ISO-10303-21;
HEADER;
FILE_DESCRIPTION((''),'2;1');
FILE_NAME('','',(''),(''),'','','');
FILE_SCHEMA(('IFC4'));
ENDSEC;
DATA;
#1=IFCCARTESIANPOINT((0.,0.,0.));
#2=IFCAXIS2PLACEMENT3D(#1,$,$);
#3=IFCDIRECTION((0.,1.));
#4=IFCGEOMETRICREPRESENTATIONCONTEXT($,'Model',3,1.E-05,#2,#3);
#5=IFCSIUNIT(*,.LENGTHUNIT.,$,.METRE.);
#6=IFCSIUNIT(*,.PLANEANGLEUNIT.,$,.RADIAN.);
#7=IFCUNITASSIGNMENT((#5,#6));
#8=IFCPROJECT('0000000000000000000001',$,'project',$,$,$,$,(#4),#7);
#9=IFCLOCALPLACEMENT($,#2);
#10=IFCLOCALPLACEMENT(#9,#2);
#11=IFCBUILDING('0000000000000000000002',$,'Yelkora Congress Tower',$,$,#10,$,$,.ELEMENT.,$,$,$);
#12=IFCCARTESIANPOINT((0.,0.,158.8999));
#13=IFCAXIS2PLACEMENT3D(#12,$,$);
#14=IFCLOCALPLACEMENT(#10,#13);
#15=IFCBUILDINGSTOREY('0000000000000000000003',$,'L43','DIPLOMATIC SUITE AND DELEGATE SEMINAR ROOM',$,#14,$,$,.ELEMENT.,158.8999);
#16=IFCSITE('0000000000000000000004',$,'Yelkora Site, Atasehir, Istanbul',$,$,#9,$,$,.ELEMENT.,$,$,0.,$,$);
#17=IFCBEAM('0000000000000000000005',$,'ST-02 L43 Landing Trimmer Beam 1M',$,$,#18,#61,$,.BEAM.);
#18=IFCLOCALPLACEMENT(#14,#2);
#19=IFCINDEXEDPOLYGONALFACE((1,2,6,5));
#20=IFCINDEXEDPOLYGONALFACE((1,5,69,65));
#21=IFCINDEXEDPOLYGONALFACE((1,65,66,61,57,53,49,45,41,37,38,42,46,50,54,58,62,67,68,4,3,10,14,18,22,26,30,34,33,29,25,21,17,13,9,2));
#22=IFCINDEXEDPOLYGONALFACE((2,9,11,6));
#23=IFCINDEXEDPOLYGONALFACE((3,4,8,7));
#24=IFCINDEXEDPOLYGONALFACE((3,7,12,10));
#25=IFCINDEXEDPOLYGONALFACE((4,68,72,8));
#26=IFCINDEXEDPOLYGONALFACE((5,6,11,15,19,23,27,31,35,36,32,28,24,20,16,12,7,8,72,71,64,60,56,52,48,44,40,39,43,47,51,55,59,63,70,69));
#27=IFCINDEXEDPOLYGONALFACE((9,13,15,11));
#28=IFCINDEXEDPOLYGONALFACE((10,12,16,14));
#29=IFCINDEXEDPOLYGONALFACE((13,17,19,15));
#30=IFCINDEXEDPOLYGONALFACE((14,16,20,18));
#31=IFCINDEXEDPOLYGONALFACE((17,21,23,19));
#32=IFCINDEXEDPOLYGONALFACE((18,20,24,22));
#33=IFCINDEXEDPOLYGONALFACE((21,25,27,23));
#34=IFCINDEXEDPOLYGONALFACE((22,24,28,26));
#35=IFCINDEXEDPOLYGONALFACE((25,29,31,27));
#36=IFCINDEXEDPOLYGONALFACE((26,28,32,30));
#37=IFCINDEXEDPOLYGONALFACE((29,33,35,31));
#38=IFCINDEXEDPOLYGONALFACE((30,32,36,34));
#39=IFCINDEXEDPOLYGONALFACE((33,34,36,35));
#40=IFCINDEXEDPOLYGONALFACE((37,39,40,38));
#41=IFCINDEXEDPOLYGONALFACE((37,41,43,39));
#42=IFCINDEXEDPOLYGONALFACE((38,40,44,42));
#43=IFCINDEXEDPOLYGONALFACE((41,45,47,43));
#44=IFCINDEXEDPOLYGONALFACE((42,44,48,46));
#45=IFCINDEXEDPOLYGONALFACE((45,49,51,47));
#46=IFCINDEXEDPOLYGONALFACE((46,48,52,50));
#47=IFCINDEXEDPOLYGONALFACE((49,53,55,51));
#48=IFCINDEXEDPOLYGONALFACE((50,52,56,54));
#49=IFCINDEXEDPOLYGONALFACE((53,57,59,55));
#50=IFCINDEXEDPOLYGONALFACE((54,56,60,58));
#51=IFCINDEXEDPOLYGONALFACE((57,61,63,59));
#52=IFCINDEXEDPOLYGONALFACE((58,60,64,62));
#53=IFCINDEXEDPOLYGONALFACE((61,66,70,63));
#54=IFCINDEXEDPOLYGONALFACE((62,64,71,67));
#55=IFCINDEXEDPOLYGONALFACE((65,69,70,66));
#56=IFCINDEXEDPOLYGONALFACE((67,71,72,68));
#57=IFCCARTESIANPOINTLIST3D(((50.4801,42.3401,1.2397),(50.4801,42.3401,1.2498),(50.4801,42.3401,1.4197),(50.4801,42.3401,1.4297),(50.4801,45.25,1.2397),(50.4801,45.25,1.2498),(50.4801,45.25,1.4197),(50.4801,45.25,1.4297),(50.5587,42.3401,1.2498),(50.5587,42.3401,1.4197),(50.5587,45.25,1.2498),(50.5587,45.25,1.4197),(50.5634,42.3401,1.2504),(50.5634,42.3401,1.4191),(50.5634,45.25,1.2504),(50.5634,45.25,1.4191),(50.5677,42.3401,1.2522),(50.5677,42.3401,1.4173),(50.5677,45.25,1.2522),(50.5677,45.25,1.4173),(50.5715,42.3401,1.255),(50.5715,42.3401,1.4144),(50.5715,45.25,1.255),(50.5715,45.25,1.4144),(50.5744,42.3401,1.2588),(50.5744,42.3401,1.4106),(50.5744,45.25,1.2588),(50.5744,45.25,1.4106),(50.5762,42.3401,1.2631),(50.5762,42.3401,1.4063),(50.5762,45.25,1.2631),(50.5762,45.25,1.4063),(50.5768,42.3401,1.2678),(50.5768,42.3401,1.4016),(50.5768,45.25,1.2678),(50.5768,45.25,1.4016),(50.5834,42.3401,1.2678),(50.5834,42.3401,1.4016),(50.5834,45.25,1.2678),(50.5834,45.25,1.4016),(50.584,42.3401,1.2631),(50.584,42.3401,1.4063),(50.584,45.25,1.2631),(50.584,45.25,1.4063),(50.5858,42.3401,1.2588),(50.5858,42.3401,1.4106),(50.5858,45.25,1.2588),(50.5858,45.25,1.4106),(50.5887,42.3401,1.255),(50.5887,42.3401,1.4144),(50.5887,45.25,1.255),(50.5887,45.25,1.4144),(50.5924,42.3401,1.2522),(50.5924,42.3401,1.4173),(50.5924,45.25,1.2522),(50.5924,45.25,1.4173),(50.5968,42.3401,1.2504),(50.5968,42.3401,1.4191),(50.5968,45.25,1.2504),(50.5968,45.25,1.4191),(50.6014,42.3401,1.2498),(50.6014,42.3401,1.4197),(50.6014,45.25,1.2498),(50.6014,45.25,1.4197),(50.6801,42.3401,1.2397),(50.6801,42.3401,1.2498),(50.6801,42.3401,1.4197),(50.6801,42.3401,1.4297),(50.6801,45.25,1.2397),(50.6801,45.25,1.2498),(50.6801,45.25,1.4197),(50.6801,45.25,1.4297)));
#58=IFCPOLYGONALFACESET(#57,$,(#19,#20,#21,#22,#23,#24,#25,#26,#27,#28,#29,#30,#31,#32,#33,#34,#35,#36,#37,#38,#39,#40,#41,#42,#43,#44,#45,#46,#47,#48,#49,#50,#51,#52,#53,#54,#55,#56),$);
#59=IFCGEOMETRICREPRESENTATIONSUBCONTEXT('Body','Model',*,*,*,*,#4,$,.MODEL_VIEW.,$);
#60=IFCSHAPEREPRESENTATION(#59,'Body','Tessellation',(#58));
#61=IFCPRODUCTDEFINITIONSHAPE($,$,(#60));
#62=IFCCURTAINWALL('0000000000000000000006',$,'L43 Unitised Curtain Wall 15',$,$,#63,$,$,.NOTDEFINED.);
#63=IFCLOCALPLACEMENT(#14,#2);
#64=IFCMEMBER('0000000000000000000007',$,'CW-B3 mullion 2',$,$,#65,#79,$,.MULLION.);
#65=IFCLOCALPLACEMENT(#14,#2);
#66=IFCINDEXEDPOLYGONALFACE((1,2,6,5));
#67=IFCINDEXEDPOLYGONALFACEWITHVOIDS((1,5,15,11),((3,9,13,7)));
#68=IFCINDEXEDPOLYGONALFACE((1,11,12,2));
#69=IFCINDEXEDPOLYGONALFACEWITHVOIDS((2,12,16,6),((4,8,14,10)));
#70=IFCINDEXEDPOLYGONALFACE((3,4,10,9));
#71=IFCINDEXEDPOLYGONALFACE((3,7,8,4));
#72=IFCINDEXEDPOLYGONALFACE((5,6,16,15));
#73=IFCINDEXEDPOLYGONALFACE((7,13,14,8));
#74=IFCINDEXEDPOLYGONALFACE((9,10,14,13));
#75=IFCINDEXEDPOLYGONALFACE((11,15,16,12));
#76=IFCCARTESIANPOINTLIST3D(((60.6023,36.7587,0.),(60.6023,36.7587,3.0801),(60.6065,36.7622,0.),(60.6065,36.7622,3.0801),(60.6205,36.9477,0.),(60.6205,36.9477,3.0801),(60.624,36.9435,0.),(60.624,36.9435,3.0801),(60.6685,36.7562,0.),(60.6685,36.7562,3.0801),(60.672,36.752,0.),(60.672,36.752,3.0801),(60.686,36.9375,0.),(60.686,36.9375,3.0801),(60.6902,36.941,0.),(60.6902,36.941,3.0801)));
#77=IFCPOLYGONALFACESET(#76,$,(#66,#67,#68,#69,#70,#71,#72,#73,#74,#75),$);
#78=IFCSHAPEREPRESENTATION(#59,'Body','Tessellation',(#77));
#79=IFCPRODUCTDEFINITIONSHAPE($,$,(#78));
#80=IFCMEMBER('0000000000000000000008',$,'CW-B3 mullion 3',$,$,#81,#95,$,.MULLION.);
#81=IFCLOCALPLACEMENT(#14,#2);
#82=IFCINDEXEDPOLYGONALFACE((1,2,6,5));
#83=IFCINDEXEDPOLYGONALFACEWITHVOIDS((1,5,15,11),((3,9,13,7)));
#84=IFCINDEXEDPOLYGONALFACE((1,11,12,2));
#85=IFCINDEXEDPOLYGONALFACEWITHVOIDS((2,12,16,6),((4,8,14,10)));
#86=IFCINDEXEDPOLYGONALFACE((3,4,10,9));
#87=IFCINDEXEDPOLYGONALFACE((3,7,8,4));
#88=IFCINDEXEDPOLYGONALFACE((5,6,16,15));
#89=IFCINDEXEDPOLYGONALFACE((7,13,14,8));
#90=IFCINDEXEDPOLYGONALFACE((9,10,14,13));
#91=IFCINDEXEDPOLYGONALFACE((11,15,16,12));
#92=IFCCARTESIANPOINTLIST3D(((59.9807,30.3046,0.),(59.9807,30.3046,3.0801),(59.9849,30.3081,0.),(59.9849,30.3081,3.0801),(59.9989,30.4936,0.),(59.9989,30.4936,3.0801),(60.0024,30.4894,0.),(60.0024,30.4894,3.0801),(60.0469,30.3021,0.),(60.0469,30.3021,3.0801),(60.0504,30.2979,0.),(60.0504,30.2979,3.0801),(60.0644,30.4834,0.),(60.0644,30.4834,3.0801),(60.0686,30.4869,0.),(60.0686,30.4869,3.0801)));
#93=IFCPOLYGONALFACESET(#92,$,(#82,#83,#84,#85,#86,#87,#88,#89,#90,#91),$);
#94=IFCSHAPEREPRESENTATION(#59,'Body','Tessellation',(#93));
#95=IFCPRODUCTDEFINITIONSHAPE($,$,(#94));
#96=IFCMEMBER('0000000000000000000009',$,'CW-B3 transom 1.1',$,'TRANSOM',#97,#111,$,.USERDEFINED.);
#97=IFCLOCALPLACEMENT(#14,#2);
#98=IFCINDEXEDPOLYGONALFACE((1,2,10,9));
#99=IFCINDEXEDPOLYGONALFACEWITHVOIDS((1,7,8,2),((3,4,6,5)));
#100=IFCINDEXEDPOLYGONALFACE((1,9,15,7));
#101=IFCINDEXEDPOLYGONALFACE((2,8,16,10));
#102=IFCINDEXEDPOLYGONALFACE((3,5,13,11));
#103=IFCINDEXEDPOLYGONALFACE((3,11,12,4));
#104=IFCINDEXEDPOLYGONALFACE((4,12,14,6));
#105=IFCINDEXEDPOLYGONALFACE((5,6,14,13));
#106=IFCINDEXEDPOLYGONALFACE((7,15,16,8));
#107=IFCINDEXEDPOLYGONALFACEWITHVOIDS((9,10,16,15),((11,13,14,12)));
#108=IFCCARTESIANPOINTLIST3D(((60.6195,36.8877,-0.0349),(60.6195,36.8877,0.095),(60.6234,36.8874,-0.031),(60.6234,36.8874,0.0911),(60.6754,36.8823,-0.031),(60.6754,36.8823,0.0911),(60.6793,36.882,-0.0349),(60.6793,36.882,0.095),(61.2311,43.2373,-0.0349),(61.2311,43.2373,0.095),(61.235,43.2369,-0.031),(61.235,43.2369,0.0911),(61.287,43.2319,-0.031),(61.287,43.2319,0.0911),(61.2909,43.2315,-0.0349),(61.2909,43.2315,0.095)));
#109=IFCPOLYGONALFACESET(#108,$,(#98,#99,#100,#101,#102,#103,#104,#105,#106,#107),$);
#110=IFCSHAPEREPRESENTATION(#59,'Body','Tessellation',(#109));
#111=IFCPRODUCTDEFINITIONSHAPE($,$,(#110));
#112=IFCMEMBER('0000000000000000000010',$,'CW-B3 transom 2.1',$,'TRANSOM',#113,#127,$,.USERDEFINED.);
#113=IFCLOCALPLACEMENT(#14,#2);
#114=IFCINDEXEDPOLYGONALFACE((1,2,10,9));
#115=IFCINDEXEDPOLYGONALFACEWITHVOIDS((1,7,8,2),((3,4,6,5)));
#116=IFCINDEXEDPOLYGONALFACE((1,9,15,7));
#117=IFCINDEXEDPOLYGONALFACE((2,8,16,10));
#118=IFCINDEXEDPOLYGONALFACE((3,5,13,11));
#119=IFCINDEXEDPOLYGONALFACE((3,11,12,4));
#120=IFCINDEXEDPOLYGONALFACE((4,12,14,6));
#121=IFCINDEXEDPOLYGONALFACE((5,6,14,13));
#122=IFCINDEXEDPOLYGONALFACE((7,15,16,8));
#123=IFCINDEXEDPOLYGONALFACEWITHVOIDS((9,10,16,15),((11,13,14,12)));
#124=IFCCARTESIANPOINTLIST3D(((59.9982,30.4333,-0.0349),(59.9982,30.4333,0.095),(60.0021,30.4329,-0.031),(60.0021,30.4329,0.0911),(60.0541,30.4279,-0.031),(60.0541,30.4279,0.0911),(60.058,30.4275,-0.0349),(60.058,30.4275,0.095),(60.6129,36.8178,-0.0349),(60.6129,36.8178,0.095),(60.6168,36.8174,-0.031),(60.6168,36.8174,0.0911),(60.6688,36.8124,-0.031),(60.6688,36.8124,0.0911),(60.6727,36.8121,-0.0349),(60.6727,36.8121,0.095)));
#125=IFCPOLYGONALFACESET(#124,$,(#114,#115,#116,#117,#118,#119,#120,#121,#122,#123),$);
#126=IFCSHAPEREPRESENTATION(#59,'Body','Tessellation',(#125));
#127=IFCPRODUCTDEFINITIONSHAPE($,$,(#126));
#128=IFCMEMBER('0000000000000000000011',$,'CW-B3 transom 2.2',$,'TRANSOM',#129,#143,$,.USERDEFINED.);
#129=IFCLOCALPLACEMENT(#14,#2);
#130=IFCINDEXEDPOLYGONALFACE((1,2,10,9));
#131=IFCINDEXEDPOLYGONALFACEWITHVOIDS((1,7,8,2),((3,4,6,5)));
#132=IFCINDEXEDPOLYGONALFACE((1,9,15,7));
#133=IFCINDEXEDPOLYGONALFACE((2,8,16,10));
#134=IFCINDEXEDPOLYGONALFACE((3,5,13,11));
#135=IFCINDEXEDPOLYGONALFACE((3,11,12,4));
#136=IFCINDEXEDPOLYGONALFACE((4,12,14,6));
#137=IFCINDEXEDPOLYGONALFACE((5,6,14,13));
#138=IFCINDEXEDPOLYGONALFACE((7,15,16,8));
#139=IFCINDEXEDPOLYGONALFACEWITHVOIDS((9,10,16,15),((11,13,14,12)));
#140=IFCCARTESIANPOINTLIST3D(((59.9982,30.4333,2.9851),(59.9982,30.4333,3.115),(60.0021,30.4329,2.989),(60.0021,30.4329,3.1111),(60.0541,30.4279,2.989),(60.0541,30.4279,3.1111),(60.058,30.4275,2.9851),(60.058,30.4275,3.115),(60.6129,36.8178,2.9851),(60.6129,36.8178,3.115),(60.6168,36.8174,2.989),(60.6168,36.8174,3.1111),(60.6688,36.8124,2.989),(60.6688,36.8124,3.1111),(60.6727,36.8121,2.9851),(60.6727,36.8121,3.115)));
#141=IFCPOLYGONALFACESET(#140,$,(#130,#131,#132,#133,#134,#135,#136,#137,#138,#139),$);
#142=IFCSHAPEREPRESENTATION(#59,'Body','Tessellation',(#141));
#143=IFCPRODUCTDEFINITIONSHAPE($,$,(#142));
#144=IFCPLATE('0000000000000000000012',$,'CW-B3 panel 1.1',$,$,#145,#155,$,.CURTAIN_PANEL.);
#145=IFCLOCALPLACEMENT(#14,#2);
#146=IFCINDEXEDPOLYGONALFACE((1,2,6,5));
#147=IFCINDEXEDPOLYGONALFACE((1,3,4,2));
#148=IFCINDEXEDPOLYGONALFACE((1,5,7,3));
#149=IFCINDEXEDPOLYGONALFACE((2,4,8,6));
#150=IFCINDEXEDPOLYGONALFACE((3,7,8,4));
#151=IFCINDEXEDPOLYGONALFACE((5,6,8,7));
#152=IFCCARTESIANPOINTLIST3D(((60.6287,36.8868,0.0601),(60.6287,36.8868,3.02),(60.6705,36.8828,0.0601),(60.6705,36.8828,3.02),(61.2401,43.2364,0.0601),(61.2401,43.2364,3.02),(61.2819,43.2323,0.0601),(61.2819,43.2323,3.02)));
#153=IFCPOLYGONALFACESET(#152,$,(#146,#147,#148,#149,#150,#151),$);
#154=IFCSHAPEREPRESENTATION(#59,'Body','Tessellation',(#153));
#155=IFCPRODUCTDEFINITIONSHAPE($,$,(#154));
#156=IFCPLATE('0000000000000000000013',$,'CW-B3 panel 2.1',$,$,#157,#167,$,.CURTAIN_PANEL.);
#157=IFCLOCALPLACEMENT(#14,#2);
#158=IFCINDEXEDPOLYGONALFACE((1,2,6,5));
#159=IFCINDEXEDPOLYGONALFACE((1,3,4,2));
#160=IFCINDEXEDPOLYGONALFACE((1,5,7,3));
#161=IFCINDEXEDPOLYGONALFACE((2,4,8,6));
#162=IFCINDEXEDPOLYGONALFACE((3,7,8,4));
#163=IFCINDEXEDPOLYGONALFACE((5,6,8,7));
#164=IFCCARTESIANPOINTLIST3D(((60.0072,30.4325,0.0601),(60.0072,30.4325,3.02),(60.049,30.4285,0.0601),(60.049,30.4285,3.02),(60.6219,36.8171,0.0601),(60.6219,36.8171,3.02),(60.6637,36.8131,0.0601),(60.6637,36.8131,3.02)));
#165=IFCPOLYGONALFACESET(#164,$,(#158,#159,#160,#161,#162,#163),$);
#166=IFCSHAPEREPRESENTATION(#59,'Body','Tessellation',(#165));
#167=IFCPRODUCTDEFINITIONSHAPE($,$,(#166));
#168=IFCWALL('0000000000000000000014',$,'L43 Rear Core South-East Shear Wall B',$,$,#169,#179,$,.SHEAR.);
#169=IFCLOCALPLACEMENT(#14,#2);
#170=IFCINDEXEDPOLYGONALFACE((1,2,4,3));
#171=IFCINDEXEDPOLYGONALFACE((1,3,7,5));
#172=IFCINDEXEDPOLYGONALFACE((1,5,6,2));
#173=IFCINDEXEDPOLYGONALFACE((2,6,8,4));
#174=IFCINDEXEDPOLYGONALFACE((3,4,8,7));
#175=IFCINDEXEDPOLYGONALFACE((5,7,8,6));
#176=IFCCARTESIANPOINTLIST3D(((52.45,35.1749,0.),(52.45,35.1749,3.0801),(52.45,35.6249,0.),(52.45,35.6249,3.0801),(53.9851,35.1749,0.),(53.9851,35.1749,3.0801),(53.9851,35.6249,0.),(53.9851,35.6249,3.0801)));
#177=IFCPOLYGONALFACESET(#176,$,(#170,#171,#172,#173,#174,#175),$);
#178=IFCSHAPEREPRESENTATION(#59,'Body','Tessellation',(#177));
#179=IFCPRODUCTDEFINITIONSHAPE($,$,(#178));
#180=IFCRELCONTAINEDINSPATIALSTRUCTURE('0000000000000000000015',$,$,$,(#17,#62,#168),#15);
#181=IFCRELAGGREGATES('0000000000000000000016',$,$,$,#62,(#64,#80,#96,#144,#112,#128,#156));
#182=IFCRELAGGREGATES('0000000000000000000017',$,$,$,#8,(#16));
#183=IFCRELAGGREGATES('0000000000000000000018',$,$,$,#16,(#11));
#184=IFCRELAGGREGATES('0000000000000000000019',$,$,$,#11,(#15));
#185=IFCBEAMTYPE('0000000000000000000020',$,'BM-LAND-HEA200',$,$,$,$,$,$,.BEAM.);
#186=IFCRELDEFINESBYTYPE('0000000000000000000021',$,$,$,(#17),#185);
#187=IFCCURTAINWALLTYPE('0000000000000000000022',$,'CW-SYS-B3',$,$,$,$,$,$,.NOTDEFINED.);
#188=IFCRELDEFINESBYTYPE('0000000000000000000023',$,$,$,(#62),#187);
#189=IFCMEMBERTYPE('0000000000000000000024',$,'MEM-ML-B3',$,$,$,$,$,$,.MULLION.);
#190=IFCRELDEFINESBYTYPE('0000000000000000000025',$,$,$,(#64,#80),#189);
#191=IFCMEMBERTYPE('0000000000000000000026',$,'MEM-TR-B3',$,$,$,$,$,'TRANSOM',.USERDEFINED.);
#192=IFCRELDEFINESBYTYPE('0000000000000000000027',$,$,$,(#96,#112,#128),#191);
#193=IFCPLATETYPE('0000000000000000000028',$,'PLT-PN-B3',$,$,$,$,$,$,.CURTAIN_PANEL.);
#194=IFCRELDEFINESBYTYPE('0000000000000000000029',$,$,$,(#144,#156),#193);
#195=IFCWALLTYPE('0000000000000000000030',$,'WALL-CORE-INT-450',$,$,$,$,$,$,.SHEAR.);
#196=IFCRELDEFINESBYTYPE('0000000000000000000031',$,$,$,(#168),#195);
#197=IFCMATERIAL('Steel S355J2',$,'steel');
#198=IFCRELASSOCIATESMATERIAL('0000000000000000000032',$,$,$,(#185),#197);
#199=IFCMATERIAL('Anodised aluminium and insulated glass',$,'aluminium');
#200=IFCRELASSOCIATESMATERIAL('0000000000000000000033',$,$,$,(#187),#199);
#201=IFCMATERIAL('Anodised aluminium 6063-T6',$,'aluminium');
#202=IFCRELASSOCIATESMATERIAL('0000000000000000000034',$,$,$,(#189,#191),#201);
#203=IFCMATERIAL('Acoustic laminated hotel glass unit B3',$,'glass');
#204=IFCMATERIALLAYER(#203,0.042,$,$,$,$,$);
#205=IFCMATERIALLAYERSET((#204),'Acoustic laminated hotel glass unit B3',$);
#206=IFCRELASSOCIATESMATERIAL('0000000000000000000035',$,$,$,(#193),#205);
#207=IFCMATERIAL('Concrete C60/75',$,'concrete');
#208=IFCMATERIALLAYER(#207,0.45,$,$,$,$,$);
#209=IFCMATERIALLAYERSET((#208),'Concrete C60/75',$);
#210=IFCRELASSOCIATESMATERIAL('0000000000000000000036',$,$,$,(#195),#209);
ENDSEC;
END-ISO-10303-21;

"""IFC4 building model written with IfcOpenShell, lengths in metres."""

from ifc_helpers import new_model, si_unit, direction, frame, frame_2d, origin, origin_2d, place, context, subcontext, project, spatial, rectangle, hollow_rectangle, i_section, extrude, material, layer, layer_set, material_profile, profile_set, type_object, element, aggregate, save


model = new_model("IFC4")

# Units and contexts
model_context = context("Model", 3, precision=1e-05, world=origin(), true_north=direction((0.0, 1.0)))
body_context = subcontext(model_context, "Body", "Model", "MODEL_VIEW")
ifc_project = project(units=[si_unit("LENGTHUNIT", "METRE"), si_unit("PLANEANGLEUNIT", "RADIAN")], contexts=[model_context])

# Site, building, storey
site_placement = place(None, origin())
site = spatial("IfcSite", under=ifc_project, at=site_placement, Name="Yelkora Site, Atasehir, Istanbul", CompositionType="ELEMENT", RefElevation=0.0)
building_placement = place(site_placement, origin())
building = spatial("IfcBuilding", under=site, at=building_placement, Name="Yelkora Congress Tower", CompositionType="ELEMENT")
storey_placement = place(building_placement, frame((0.0, 0.0, 158.8999)))
storey = spatial("IfcBuildingStorey", under=building, at=storey_placement, Name="L43", Description="DIPLOMATIC SUITE AND DELEGATE SEMINAR ROOM", CompositionType="ELEMENT", Elevation=158.8999)

# Beam
ifc_material_1 = material(Name="Steel S355J2", Category="steel")
ifc_material_profile_1 = material_profile(ifc_material_1, i_section(OverallWidth=0.2, OverallDepth=0.1899, WebThickness=0.0066, FlangeThickness=0.01, FilletRadius=0.0181, at=origin_2d()), Name="HEA 200")
ifc_profile_set_1 = profile_set([ifc_material_profile_1], Name="Steel S355J2")
beam_type_1 = type_object("IfcBeamType", Name="BM-LAND-HEA200", PredefinedType="BEAM", material=ifc_profile_set_1)
beam_1_placement = place(storey_placement, frame((50.5801, 42.3401, 1.3347), z_axis=(0.0, 1.0, 0.0), x_axis=(-1.0, 0.0, 0.0)))
element("IfcBeam", 1, at=beam_1_placement, inside=storey, type_object=beam_type_1, Name="ST-02 L43 Landing Trimmer Beam 1M", PredefinedType="BEAM", context=body_context, shape_type="SweptSolid", body=[
    extrude(i_section(OverallWidth=0.2, OverallDepth=0.1899, WebThickness=0.0066, FlangeThickness=0.01, FilletRadius=0.0181, at=origin_2d()), origin(), (0.0, 0.0, 1.0), 2.9099),
])

# Curtain wall, members, plates
ifc_material_2 = material(Name="Anodised aluminium and insulated glass", Category="aluminium")
curtain_wall_type = type_object("IfcCurtainWallType", Name="CW-SYS-B3", PredefinedType="NOTDEFINED", material=ifc_material_2)
curtain_wall_placement = place(storey_placement, origin())
curtain_wall = element("IfcCurtainWall", 2, at=curtain_wall_placement, inside=storey, type_object=curtain_wall_type, Name="L43 Unitised Curtain Wall 15", PredefinedType="NOTDEFINED")
ifc_material_3 = material(Name="Anodised aluminium 6063-T6", Category="aluminium")
ifc_material_profile_2 = material_profile(ifc_material_3, hollow_rectangle(XDim=0.0701, YDim=0.1899, WallThickness=0.0039, at=origin_2d()), Name="ALU 70x190x4")
ifc_profile_set_2 = profile_set([ifc_material_profile_2], Name="Anodised aluminium 6063-T6")
member_type_1 = type_object("IfcMemberType", Name="MEM-ML-B3", PredefinedType="MULLION", material=ifc_profile_set_2)
member_1_placement = place(storey_placement, frame((60.6462, 36.8499, 0.0), z_axis=(0.0, 0.0, 1.0), x_axis=(0.995397, -0.095842, 0.0)))
member_1 = element("IfcMember", 3, at=member_1_placement, type_object=member_type_1, Name="CW-B3 mullion 2", PredefinedType="MULLION", context=body_context, shape_type="SweptSolid", body=[
    extrude(hollow_rectangle(XDim=0.0701, YDim=0.1899, WallThickness=0.0039, at=origin_2d()), origin(), (0.0, 0.0, 1.0), 3.0801),
])
member_2_placement = place(storey_placement, frame((60.0247, 30.3958, 0.0), z_axis=(0.0, 0.0, 1.0), x_axis=(0.995397, -0.095842, 0.0)))
member_2 = element("IfcMember", 4, at=member_2_placement, type_object=member_type_1, Name="CW-B3 mullion 3", PredefinedType="MULLION", context=body_context, shape_type="SweptSolid", body=[
    extrude(hollow_rectangle(XDim=0.0701, YDim=0.1899, WallThickness=0.0039, at=origin_2d()), origin(), (0.0, 0.0, 1.0), 3.0801),
])
ifc_material_profile_3 = material_profile(ifc_material_3, hollow_rectangle(XDim=0.0601, YDim=0.1299, WallThickness=0.0039, at=origin_2d()), Name="ALU 60x130x4")
ifc_profile_set_3 = profile_set([ifc_material_profile_3], Name="Anodised aluminium 6063-T6")
member_type_2 = type_object("IfcMemberType", Name="MEM-TR-B3", ElementType="TRANSOM", PredefinedType="USERDEFINED", material=ifc_profile_set_3)
member_3_placement = place(storey_placement, frame((61.261, 43.2344, 0.03), z_axis=(-0.095873, -0.995394, 0.0), x_axis=(0.995394, -0.095873, 0.0)))
member_3 = element("IfcMember", 5, at=member_3_placement, type_object=member_type_2, Name="CW-B3 transom 1.1", ObjectType="TRANSOM", PredefinedType="USERDEFINED", context=body_context, shape_type="SweptSolid", body=[
    extrude(hollow_rectangle(XDim=0.0601, YDim=0.1299, WallThickness=0.0039, at=origin_2d()), origin(), (0.0, 0.0, 1.0), 6.3789),
])
member_4_placement = place(storey_placement, frame((60.6428, 36.8149, 0.03), z_axis=(-0.095844, -0.995396, 0.0), x_axis=(0.995396, -0.095844, 0.0)))
member_4 = element("IfcMember", 6, at=member_4_placement, type_object=member_type_2, Name="CW-B3 transom 2.1", ObjectType="TRANSOM", PredefinedType="USERDEFINED", context=body_context, shape_type="SweptSolid", body=[
    extrude(hollow_rectangle(XDim=0.0601, YDim=0.1299, WallThickness=0.0039, at=origin_2d()), origin(), (0.0, 0.0, 1.0), 6.4141),
])
member_5_placement = place(storey_placement, frame((60.6428, 36.8149, 3.05), z_axis=(-0.095844, -0.995396, 0.0), x_axis=(0.995396, -0.095844, 0.0)))
member_5 = element("IfcMember", 7, at=member_5_placement, type_object=member_type_2, Name="CW-B3 transom 2.2", ObjectType="TRANSOM", PredefinedType="USERDEFINED", context=body_context, shape_type="SweptSolid", body=[
    extrude(hollow_rectangle(XDim=0.0601, YDim=0.1299, WallThickness=0.0039, at=origin_2d()), origin(), (0.0, 0.0, 1.0), 6.4141),
])
ifc_material_4 = material(Name="Acoustic laminated hotel glass unit B3", Category="glass")
ifc_layer_1 = layer(ifc_material_4, 0.042)
ifc_layer_set_1 = layer_set([ifc_layer_1], Name="Acoustic laminated hotel glass unit B3")
plate_type = type_object("IfcPlateType", Name="PLT-PN-B3", PredefinedType="CURTAIN_PANEL", material=ifc_layer_set_1)
plate_1_placement = place(storey_placement, frame((60.9553, 40.0596, 0.0601), z_axis=(0.0, 0.0, 1.0), x_axis=(-0.095842, -0.995397, 0.0)))
plate_1 = element("IfcPlate", 8, at=plate_1_placement, type_object=plate_type, Name="CW-B3 panel 1.1", PredefinedType="CURTAIN_PANEL", context=body_context, shape_type="SweptSolid", body=[
    extrude(rectangle(XDim=6.3789, YDim=0.042, at=origin_2d()), origin(), (0.0, 0.0, 1.0), 2.96),
])
plate_2_placement = place(storey_placement, frame((60.3354, 33.6228, 0.0601), z_axis=(0.0, 0.0, 1.0), x_axis=(-0.095842, -0.995397, 0.0)))
plate_2 = element("IfcPlate", 9, at=plate_2_placement, type_object=plate_type, Name="CW-B3 panel 2.1", PredefinedType="CURTAIN_PANEL", context=body_context, shape_type="SweptSolid", body=[
    extrude(rectangle(XDim=6.4141, YDim=0.042, at=origin_2d()), origin(), (0.0, 0.0, 1.0), 2.96),
])
aggregate(curtain_wall, [member_1, member_2, member_3, plate_1, member_4, member_5, plate_2])

# Wall
ifc_material_5 = material(Name="Concrete C60/75", Category="concrete")
ifc_layer_2 = layer(ifc_material_5, 0.45)
ifc_layer_set_2 = layer_set([ifc_layer_2], Name="Concrete C60/75")
wall_type_1 = type_object("IfcWallType", Name="WALL-CORE-INT-450", PredefinedType="SHEAR", material=ifc_layer_set_2)
wall_1_placement = place(storey_placement, frame((52.45, 35.3999, 0.0), z_axis=(0.0, 0.0, 1.0), x_axis=(1.0, 0.0, 0.0)))
element("IfcWall", 10, at=wall_1_placement, inside=storey, type_object=wall_type_1, Name="L43 Rear Core South-East Shear Wall B", PredefinedType="SHEAR", context=body_context, shape_type="SweptSolid", body=[
    extrude(rectangle(XDim=1.5352, YDim=0.45, at=frame_2d((0.7676, 0.0))), origin(), (0.0, 0.0, 1.0), 3.0801),
])

save(model, "model.ifc")
